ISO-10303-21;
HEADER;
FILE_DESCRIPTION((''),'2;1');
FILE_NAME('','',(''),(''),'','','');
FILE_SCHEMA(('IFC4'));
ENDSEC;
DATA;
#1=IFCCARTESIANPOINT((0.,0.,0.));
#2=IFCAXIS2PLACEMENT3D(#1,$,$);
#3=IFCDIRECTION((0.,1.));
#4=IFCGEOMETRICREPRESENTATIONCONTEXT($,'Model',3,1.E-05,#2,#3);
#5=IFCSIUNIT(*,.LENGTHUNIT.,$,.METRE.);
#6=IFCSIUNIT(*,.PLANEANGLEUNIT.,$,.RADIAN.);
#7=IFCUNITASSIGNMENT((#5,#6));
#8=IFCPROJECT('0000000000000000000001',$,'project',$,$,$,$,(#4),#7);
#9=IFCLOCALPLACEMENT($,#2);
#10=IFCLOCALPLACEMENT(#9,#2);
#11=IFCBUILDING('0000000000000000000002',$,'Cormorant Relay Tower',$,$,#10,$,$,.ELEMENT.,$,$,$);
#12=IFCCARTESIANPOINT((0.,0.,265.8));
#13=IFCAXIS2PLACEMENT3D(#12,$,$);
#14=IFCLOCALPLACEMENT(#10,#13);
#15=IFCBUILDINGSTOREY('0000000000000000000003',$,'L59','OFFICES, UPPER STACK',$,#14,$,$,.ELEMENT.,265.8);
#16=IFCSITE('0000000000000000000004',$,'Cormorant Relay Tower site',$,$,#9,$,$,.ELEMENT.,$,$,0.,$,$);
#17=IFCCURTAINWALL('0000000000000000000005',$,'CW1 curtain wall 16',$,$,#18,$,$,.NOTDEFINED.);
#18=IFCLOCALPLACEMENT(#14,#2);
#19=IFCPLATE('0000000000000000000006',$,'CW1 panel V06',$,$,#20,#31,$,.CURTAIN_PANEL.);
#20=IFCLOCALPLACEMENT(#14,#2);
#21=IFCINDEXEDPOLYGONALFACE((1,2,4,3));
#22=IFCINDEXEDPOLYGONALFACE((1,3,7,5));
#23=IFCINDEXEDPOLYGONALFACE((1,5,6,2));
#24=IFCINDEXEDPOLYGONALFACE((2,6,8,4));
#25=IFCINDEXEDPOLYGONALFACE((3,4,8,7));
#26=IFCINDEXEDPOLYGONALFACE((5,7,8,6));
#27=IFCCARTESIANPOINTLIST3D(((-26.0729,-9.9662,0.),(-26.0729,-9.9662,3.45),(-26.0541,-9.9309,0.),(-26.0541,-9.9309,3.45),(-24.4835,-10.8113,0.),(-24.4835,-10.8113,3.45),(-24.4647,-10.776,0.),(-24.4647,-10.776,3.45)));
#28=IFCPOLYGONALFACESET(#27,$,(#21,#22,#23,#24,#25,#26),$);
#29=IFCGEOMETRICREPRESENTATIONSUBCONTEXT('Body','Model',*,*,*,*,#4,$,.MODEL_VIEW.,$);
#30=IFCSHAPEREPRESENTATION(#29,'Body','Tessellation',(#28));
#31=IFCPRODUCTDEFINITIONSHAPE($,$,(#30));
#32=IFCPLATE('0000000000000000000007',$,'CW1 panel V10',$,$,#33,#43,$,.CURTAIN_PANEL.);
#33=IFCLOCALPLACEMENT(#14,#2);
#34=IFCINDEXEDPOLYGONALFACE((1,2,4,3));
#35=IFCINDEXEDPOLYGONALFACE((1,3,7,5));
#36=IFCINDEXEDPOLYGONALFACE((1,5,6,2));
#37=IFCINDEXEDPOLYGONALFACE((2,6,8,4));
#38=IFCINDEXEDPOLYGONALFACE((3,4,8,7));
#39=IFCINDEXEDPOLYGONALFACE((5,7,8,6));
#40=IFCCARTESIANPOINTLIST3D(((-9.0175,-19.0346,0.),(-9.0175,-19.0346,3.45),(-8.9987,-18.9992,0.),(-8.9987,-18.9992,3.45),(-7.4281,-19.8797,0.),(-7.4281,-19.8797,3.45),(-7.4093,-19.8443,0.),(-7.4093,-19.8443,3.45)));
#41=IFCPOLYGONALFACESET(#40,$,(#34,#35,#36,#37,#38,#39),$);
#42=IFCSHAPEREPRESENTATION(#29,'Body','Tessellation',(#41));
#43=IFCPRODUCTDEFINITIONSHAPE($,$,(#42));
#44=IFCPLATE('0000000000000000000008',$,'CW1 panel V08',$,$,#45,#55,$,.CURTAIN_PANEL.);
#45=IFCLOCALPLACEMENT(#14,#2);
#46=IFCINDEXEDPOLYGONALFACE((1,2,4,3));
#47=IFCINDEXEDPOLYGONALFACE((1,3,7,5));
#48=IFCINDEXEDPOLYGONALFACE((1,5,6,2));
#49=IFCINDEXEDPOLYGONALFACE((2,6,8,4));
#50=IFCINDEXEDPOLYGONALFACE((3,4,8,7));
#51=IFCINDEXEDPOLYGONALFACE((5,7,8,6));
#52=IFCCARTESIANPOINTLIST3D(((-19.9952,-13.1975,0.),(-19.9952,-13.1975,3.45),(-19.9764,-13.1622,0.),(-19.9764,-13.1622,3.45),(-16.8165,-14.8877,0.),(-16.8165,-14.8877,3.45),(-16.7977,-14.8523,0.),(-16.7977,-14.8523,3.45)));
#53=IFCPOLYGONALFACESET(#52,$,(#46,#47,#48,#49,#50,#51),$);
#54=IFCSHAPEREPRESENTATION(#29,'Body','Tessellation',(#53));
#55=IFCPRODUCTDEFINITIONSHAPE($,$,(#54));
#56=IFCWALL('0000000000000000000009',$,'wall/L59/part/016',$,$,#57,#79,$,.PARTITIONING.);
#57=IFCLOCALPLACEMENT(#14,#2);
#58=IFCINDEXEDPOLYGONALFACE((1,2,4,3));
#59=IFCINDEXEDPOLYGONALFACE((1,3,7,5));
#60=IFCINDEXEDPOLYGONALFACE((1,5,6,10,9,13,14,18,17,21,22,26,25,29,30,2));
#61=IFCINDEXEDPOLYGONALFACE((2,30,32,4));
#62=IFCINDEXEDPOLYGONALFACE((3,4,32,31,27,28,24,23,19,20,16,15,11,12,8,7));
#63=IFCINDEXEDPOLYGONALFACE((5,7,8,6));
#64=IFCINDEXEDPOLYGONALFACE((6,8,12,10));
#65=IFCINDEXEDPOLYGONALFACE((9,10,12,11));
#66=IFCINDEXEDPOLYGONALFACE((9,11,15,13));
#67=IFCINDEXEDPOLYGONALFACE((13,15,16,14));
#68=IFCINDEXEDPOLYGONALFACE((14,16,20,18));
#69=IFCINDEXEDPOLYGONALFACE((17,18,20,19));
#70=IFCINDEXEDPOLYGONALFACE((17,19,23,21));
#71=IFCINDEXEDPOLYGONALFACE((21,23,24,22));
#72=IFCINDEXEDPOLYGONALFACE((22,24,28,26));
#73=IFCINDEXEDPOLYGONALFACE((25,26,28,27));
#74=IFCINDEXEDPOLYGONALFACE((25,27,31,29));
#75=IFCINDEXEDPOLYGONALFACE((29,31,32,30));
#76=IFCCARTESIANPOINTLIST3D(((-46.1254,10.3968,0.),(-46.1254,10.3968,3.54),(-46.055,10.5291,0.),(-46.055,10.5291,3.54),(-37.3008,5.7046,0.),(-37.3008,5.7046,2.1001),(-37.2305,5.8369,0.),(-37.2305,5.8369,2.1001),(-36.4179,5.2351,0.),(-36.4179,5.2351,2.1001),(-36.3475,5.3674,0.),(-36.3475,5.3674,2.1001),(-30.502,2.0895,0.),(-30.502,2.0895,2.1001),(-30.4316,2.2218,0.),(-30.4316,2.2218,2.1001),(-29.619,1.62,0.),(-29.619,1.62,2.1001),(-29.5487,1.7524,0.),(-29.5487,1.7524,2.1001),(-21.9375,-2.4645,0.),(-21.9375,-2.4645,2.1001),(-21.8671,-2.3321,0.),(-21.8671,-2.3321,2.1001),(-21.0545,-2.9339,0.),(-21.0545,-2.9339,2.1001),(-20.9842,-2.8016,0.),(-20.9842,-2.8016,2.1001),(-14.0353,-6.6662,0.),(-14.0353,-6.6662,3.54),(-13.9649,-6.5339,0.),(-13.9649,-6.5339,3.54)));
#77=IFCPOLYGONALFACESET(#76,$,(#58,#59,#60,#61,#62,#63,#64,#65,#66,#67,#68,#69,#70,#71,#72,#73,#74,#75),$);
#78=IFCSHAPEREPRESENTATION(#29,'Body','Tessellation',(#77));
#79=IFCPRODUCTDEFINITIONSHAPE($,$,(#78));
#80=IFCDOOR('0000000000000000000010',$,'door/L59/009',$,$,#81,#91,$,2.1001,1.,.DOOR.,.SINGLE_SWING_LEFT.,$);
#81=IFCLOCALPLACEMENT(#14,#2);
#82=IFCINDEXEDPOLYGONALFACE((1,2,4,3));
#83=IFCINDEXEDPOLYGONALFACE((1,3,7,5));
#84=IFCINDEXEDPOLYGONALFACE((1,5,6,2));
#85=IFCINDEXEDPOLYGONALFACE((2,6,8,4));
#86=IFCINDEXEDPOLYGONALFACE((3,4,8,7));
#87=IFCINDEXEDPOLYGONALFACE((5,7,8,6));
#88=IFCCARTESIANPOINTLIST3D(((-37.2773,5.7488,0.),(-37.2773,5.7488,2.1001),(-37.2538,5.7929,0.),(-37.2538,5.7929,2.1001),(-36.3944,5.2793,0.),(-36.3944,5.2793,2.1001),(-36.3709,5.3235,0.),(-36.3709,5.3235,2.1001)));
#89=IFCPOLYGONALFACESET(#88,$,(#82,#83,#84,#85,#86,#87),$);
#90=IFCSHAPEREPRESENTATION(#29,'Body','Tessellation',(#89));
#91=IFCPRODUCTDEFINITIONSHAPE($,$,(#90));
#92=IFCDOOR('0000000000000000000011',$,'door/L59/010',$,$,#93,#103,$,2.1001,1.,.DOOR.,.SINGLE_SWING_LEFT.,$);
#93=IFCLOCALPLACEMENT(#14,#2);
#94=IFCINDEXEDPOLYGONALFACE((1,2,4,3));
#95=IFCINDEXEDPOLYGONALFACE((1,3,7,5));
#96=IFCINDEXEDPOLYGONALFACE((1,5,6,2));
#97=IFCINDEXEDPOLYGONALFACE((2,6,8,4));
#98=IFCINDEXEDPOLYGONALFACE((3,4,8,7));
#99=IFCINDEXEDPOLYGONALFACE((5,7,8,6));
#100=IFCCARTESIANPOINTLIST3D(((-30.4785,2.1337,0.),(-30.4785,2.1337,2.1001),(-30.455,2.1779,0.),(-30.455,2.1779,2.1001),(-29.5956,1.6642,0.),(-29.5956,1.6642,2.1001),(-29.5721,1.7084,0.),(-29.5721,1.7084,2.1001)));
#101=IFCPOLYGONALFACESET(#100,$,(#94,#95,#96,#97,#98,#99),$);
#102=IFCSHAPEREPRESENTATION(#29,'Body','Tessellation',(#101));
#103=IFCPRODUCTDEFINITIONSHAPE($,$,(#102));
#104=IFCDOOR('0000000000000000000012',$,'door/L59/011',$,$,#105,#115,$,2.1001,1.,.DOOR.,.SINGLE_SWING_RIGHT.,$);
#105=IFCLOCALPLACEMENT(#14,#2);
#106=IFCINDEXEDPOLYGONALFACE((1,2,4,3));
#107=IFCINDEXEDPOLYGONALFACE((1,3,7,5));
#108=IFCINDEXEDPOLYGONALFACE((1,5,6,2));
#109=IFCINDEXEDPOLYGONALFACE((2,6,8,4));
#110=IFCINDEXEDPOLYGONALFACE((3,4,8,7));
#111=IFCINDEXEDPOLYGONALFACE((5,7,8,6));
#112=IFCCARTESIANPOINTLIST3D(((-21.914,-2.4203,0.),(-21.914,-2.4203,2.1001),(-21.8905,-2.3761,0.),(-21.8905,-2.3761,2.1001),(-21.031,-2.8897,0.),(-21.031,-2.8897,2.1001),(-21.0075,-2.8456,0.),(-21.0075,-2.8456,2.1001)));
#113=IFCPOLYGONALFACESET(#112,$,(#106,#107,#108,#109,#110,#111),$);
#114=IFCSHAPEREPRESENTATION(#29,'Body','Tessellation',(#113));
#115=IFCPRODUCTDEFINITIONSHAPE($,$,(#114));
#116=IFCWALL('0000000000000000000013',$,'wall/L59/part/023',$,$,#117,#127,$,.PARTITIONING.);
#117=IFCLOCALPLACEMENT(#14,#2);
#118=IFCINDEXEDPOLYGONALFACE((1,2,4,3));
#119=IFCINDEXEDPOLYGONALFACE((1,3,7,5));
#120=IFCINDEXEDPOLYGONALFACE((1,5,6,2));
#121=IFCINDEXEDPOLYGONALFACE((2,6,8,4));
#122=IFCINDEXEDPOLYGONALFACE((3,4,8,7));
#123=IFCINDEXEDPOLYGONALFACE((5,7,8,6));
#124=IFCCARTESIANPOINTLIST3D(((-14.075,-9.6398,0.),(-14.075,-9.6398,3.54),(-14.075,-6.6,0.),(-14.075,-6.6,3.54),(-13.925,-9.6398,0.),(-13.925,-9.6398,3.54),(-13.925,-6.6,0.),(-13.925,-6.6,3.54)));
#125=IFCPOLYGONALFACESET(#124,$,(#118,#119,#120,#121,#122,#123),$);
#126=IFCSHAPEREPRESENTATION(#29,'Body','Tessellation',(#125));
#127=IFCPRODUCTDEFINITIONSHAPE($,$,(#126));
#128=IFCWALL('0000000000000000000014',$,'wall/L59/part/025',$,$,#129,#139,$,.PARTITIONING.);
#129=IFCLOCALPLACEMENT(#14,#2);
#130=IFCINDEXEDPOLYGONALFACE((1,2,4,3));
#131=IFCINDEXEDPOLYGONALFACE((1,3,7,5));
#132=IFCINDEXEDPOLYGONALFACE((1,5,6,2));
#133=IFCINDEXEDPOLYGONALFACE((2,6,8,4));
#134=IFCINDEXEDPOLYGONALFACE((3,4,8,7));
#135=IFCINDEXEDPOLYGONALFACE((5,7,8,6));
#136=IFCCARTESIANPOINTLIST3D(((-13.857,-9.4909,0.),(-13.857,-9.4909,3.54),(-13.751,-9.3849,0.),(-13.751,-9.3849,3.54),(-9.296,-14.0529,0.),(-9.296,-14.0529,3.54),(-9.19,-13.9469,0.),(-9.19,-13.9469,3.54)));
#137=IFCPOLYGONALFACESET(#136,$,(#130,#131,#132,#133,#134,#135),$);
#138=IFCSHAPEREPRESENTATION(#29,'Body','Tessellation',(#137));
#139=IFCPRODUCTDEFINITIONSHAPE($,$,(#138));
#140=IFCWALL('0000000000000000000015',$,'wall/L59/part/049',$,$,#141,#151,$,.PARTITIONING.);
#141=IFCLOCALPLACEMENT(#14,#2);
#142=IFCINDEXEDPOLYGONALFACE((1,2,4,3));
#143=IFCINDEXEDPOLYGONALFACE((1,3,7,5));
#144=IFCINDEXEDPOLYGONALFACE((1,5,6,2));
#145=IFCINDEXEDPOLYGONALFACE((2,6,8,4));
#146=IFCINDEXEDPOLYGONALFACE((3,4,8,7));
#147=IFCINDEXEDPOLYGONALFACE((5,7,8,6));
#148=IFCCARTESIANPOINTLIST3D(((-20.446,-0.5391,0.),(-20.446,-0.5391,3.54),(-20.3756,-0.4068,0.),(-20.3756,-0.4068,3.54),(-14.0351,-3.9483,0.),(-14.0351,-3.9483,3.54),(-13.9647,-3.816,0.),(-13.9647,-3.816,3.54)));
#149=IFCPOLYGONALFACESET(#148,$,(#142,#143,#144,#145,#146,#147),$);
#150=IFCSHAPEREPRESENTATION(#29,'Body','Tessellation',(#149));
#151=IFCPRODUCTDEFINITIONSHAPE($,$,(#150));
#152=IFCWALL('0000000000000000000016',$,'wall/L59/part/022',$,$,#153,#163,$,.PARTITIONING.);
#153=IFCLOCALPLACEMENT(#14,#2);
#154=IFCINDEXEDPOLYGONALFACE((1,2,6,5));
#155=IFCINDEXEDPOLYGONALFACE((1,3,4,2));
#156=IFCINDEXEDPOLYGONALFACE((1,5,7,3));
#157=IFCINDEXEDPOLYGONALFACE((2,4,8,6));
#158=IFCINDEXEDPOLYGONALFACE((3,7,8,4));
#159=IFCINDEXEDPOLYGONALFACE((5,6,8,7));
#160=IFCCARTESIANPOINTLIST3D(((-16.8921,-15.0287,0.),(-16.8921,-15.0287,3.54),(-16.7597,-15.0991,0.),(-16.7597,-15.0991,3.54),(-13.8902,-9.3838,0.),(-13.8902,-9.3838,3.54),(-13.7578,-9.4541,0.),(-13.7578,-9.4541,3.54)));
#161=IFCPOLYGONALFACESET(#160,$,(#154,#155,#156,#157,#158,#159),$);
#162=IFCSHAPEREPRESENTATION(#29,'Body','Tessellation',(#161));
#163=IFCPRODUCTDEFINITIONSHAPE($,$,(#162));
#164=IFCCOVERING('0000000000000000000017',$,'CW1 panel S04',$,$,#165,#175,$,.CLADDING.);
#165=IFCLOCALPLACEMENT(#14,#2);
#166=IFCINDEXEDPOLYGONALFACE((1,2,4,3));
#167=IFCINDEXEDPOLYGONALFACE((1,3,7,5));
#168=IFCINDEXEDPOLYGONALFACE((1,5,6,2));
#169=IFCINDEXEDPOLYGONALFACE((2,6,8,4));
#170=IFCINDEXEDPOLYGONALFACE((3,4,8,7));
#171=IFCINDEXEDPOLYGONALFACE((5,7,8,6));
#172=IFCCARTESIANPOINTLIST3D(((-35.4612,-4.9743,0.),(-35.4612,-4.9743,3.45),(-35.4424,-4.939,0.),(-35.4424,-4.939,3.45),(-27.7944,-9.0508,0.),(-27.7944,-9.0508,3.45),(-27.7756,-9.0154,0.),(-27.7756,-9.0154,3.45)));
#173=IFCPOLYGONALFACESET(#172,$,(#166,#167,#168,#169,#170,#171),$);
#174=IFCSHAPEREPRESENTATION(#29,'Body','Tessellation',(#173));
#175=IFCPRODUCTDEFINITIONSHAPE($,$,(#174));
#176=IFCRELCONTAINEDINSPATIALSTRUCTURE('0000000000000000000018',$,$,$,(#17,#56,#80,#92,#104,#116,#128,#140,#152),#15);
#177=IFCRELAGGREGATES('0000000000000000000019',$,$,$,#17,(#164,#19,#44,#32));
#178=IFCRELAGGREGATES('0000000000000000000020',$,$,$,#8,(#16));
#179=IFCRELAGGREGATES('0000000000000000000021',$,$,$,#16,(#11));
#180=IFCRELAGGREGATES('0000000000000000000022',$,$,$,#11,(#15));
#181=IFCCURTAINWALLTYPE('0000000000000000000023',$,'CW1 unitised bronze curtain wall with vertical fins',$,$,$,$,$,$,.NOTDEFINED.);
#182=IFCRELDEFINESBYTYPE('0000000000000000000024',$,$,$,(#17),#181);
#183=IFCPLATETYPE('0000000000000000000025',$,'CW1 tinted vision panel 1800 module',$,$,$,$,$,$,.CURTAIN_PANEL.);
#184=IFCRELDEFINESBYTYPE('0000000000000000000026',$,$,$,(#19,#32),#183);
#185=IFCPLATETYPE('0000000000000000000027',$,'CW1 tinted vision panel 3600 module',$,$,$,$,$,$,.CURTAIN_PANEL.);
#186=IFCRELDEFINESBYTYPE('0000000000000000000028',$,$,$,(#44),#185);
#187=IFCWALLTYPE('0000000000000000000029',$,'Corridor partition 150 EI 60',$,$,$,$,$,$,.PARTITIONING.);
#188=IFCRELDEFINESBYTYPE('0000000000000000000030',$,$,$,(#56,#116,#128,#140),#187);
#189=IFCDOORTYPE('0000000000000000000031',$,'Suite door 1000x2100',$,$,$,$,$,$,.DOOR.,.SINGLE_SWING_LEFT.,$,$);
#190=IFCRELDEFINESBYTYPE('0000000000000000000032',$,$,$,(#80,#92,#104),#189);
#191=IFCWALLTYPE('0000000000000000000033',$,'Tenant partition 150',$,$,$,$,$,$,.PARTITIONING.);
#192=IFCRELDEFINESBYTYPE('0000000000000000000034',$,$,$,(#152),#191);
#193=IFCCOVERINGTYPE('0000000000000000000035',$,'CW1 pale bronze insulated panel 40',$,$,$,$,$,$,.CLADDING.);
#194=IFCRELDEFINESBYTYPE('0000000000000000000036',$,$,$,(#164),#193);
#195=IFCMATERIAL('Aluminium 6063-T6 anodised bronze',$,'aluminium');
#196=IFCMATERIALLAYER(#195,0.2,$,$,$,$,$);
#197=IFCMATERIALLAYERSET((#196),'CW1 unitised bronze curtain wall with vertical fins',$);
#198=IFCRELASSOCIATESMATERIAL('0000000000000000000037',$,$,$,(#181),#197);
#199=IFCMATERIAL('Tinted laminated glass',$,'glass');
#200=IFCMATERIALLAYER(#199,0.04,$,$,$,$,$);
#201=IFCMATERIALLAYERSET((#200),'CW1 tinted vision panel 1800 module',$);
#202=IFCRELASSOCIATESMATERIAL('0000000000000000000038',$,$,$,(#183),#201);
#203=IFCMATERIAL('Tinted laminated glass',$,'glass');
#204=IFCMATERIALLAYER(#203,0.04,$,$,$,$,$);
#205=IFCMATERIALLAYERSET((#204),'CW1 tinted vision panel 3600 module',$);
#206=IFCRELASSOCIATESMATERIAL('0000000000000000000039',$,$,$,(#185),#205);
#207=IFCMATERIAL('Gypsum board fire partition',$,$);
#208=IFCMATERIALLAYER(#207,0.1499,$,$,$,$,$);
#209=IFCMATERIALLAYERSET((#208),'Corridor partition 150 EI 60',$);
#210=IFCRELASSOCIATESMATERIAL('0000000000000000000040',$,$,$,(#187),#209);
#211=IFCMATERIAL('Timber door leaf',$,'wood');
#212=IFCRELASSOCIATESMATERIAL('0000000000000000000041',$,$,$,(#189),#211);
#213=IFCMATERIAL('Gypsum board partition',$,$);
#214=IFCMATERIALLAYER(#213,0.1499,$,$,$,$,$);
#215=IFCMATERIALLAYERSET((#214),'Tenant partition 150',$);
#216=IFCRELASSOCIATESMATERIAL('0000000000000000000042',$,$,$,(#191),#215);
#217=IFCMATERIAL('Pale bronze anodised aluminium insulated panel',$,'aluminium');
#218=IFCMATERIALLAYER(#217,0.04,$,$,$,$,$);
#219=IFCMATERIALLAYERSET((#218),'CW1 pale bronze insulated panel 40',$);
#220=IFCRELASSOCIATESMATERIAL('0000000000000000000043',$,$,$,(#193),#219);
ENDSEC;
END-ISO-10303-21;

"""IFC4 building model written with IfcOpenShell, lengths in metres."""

from ifc_helpers import new_model, si_unit, direction, frame, frame_2d, origin, origin_2d, place, context, subcontext, project, spatial, rectangle, extrude, material, layer, layer_set, type_object, element, fill, aggregate, save


model = new_model("IFC4")

# Units and contexts
model_context = context("Model", 3, precision=1e-05, world=origin(), true_north=direction((0.0, 1.0)))
body_context = subcontext(model_context, "Body", "Model", "MODEL_VIEW")
ifc_project = project(units=[si_unit("LENGTHUNIT", "METRE"), si_unit("PLANEANGLEUNIT", "RADIAN")], contexts=[model_context])

# Site, building, storey
site_placement = place(None, origin())
site = spatial("IfcSite", under=ifc_project, at=site_placement, Name="Cormorant Relay Tower site", CompositionType="ELEMENT", RefElevation=0.0)
building_placement = place(site_placement, origin())
building = spatial("IfcBuilding", under=site, at=building_placement, Name="Cormorant Relay Tower", CompositionType="ELEMENT")
storey_placement = place(building_placement, frame((0.0, 0.0, 265.8)))
storey = spatial("IfcBuildingStorey", under=building, at=storey_placement, Name="L59", Description="OFFICES, UPPER STACK", CompositionType="ELEMENT", Elevation=265.8)

# Curtain wall
ifc_material_1 = material(Name="Aluminium 6063-T6 anodised bronze", Category="aluminium")
ifc_layer_1 = layer(ifc_material_1, 0.2)
ifc_layer_set_1 = layer_set([ifc_layer_1], Name="CW1 unitised bronze curtain wall with vertical fins")
curtain_wall_type = type_object("IfcCurtainWallType", Name="CW1 unitised bronze curtain wall with vertical fins", PredefinedType="NOTDEFINED", material=ifc_layer_set_1)
curtain_wall_placement = place(storey_placement, origin())
curtain_wall = element("IfcCurtainWall", 1, at=curtain_wall_placement, inside=storey, type_object=curtain_wall_type, Name="CW1 curtain wall 16", PredefinedType="NOTDEFINED")

# Plates
ifc_material_2 = material(Name="Tinted laminated glass", Category="glass")
ifc_layer_2 = layer(ifc_material_2, 0.04)
ifc_layer_set_2 = layer_set([ifc_layer_2], Name="CW1 tinted vision panel 1800 module")
plate_type_1 = type_object("IfcPlateType", Name="CW1 tinted vision panel 1800 module", PredefinedType="CURTAIN_PANEL", material=ifc_layer_set_2)
plate_1_placement = place(storey_placement, frame((-25.2688, -10.3711, 0.0), z_axis=(0.0, 0.0, 1.0), x_axis=(0.882948, -0.469472, 0.0)))
plate_1 = element("IfcPlate", 2, at=plate_1_placement, type_object=plate_type_1, Name="CW1 panel V06", PredefinedType="CURTAIN_PANEL", context=body_context, shape_type="SweptSolid", body=[
    extrude(rectangle(XDim=1.8, YDim=0.04, at=origin_2d()), origin(), (0.0, 0.0, 1.0), 3.45),
])
plate_2_placement = place(storey_placement, frame((-8.2134, -19.4395, 0.0), z_axis=(0.0, 0.0, 1.0), x_axis=(0.882948, -0.469472, 0.0)))
plate_2 = element("IfcPlate", 3, at=plate_2_placement, type_object=plate_type_1, Name="CW1 panel V10", PredefinedType="CURTAIN_PANEL", context=body_context, shape_type="SweptSolid", body=[
    extrude(rectangle(XDim=1.8, YDim=0.04, at=origin_2d()), origin(), (0.0, 0.0, 1.0), 3.45),
])
ifc_material_3 = material(Name="Tinted laminated glass", Category="glass")
ifc_layer_3 = layer(ifc_material_3, 0.04)
ifc_layer_set_3 = layer_set([ifc_layer_3], Name="CW1 tinted vision panel 3600 module")
plate_type_2 = type_object("IfcPlateType", Name="CW1 tinted vision panel 3600 module", PredefinedType="CURTAIN_PANEL", material=ifc_layer_set_3)
plate_3_placement = place(storey_placement, frame((-18.3965, -14.0249, 0.0), z_axis=(0.0, 0.0, 1.0), x_axis=(0.882948, -0.469472, 0.0)))
plate_3 = element("IfcPlate", 4, at=plate_3_placement, type_object=plate_type_2, Name="CW1 panel V08", PredefinedType="CURTAIN_PANEL", context=body_context, shape_type="SweptSolid", body=[
    extrude(rectangle(XDim=3.6001, YDim=0.04, at=origin_2d()), origin(), (0.0, 0.0, 1.0), 3.45),
])

# Wall, openings, doors
ifc_material_4 = material(Name="Gypsum board fire partition")
ifc_layer_4 = layer(ifc_material_4, 0.1499)
ifc_layer_set_4 = layer_set([ifc_layer_4], Name="Corridor partition 150 EI 60")
wall_type_1 = type_object("IfcWallType", Name="Corridor partition 150 EI 60", PredefinedType="PARTITIONING", material=ifc_layer_set_4)
wall_1_placement = place(storey_placement, frame((-14.0, -6.6001, 0.0), z_axis=(0.0, 0.0, 1.0), x_axis=(-0.882943, 0.46948, 0.0)))
wall_1 = element("IfcWall", 5, at=wall_1_placement, inside=storey, type_object=wall_type_1, Name="wall/L59/part/016", PredefinedType="PARTITIONING", context=body_context, shape_type="SweptSolid", body=[
    extrude(rectangle(XDim=36.3445, YDim=0.1499, at=frame_2d((18.1724, 0.0))), origin(), (0.0, 0.0, 1.0), 3.54),
])
opening_1_placement = place(wall_1_placement, frame((25.3501, 0.0, 0.0)))
opening_1 = element("IfcOpeningElement", 6, at=opening_1_placement, cuts=wall_1, PredefinedType="OPENING", context=body_context, shape_type="SweptSolid", body=[
    extrude(rectangle(XDim=1.0, YDim=2.1001, at=frame_2d((0.5, 1.05))), frame((0.0, 0.085, 0.0), z_axis=(0.0, -1.0, 0.0), x_axis=(1.0, 0.0, 0.0)), (0.0, 0.0, 1.0), 0.1699),
])
opening_2_placement = place(wall_1_placement, frame((17.6499, 0.0, 0.0)))
opening_2 = element("IfcOpeningElement", 7, at=opening_2_placement, cuts=wall_1, PredefinedType="OPENING", context=body_context, shape_type="SweptSolid", body=[
    extrude(rectangle(XDim=1.0, YDim=2.1001, at=frame_2d((0.5, 1.05))), frame((0.0, 0.085, 0.0), z_axis=(0.0, -1.0, 0.0), x_axis=(1.0, 0.0, 0.0)), (0.0, 0.0, 1.0), 0.1699),
])
opening_3_placement = place(wall_1_placement, frame((7.95, 0.0, 0.0)))
opening_3 = element("IfcOpeningElement", 8, at=opening_3_placement, cuts=wall_1, PredefinedType="OPENING", context=body_context, shape_type="SweptSolid", body=[
    extrude(rectangle(XDim=1.0, YDim=2.1001, at=frame_2d((0.5, 1.05))), frame((0.0, 0.085, 0.0), z_axis=(0.0, -1.0, 0.0), x_axis=(1.0, 0.0, 0.0)), (0.0, 0.0, 1.0), 0.1699),
])
ifc_material_5 = material(Name="Timber door leaf", Category="wood")
door_type = type_object("IfcDoorType", Name="Suite door 1000x2100", OperationType="SINGLE_SWING_LEFT", PredefinedType="DOOR", material=ifc_material_5)
door_1_placement = place(opening_1_placement, origin())
door_1 = element("IfcDoor", 9, at=door_1_placement, inside=storey, type_object=door_type, Name="door/L59/009", OperationType="SINGLE_SWING_LEFT", OverallHeight=2.1001, OverallWidth=1.0, PredefinedType="DOOR", context=body_context, shape_type="SweptSolid", body=[
    extrude(rectangle(XDim=1.0, YDim=2.1001, at=frame_2d((0.5, 1.05))), frame((0.0, 0.0249, 0.0), z_axis=(0.0, -1.0, 0.0), x_axis=(1.0, 0.0, 0.0)), (0.0, 0.0, 1.0), 0.05),
])
fill(opening_1, door_1)
door_2_placement = place(opening_2_placement, origin())
door_2 = element("IfcDoor", 10, at=door_2_placement, inside=storey, type_object=door_type, Name="door/L59/010", OperationType="SINGLE_SWING_LEFT", OverallHeight=2.1001, OverallWidth=1.0, PredefinedType="DOOR", context=body_context, shape_type="SweptSolid", body=[
    extrude(rectangle(XDim=1.0, YDim=2.1001, at=frame_2d((0.5, 1.05))), frame((0.0, 0.0249, 0.0), z_axis=(0.0, -1.0, 0.0), x_axis=(1.0, 0.0, 0.0)), (0.0, 0.0, 1.0), 0.05),
])
fill(opening_2, door_2)
door_3_placement = place(opening_3_placement, origin())
door_3 = element("IfcDoor", 11, at=door_3_placement, inside=storey, type_object=door_type, Name="door/L59/011", OperationType="SINGLE_SWING_RIGHT", OverallHeight=2.1001, OverallWidth=1.0, PredefinedType="DOOR", context=body_context, shape_type="SweptSolid", body=[
    extrude(rectangle(XDim=1.0, YDim=2.1001, at=frame_2d((0.5, 1.05))), frame((0.0, 0.0249, 0.0), z_axis=(0.0, -1.0, 0.0), x_axis=(1.0, 0.0, 0.0)), (0.0, 0.0, 1.0), 0.05),
])
fill(opening_3, door_3)

# Walls
wall_2_placement = place(storey_placement, frame((-14.0, -9.6399, 0.0), z_axis=(0.0, 0.0, 1.0), x_axis=(0.0, 1.0, 0.0)))
element("IfcWall", 12, at=wall_2_placement, inside=storey, type_object=wall_type_1, Name="wall/L59/part/023", PredefinedType="PARTITIONING", context=body_context, shape_type="SweptSolid", body=[
    extrude(rectangle(XDim=3.0398, YDim=0.1499, at=frame_2d((1.52, 0.0))), origin(), (0.0, 0.0, 1.0), 3.54),
])
wall_3_placement = place(storey_placement, frame((-9.2429, -14.0, 0.0), z_axis=(0.0, 0.0, 1.0), x_axis=(-0.707031, 0.707182, 0.0)))
element("IfcWall", 13, at=wall_3_placement, inside=storey, type_object=wall_type_1, Name="wall/L59/part/025", PredefinedType="PARTITIONING", context=body_context, shape_type="SweptSolid", body=[
    extrude(rectangle(XDim=6.4509, YDim=0.1499, at=frame_2d((3.2256, 0.0))), origin(), (0.0, 0.0, 1.0), 3.54),
])
wall_4_placement = place(storey_placement, frame((-14.0, -3.8821, 0.0), z_axis=(0.0, 0.0, 1.0), x_axis=(-0.882922, 0.46952, 0.0)))
element("IfcWall", 14, at=wall_4_placement, inside=storey, type_object=wall_type_1, Name="wall/L59/part/049", PredefinedType="PARTITIONING", context=body_context, shape_type="SweptSolid", body=[
    extrude(rectangle(XDim=7.261, YDim=0.1499, at=frame_2d((3.6304, 0.0))), origin(), (0.0, 0.0, 1.0), 3.54),
])
ifc_material_6 = material(Name="Gypsum board partition")
ifc_layer_5 = layer(ifc_material_6, 0.1499)
ifc_layer_set_5 = layer_set([ifc_layer_5], Name="Tenant partition 150")
wall_type_2 = type_object("IfcWallType", Name="Tenant partition 150", PredefinedType="PARTITIONING", material=ifc_layer_set_5)
wall_5_placement = place(storey_placement, frame((-13.824, -9.4189, 0.0), z_axis=(0.0, 0.0, 1.0), x_axis=(-0.469526, -0.882919, 0.0)))
element("IfcWall", 15, at=wall_5_placement, inside=storey, type_object=wall_type_2, Name="wall/L59/part/022", PredefinedType="PARTITIONING", context=body_context, shape_type="SweptSolid", body=[
    extrude(rectangle(XDim=6.3936, YDim=0.1499, at=frame_2d((3.1968, 0.0))), origin(), (0.0, 0.0, 1.0), 3.54),
])

# Covering
ifc_material_7 = material(Name="Pale bronze anodised aluminium insulated panel", Category="aluminium")
ifc_layer_6 = layer(ifc_material_7, 0.04)
ifc_layer_set_6 = layer_set([ifc_layer_6], Name="CW1 pale bronze insulated panel 40")
covering_type = type_object("IfcCoveringType", Name="CW1 pale bronze insulated panel 40", PredefinedType="CLADDING", material=ifc_layer_set_6)
covering_1_placement = place(storey_placement, frame((-31.6184, -6.9949, 0.0), z_axis=(0.0, 0.0, 1.0), x_axis=(0.882948, -0.469472, 0.0)))
covering_1 = element("IfcCovering", 16, at=covering_1_placement, type_object=covering_type, Name="CW1 panel S04", PredefinedType="CLADDING", context=body_context, shape_type="SweptSolid", body=[
    extrude(rectangle(XDim=8.6831, YDim=0.04, at=origin_2d()), origin(), (0.0, 0.0, 1.0), 3.45),
])
aggregate(curtain_wall, [covering_1, plate_1, plate_3, plate_2])

save(model, "model.ifc")
